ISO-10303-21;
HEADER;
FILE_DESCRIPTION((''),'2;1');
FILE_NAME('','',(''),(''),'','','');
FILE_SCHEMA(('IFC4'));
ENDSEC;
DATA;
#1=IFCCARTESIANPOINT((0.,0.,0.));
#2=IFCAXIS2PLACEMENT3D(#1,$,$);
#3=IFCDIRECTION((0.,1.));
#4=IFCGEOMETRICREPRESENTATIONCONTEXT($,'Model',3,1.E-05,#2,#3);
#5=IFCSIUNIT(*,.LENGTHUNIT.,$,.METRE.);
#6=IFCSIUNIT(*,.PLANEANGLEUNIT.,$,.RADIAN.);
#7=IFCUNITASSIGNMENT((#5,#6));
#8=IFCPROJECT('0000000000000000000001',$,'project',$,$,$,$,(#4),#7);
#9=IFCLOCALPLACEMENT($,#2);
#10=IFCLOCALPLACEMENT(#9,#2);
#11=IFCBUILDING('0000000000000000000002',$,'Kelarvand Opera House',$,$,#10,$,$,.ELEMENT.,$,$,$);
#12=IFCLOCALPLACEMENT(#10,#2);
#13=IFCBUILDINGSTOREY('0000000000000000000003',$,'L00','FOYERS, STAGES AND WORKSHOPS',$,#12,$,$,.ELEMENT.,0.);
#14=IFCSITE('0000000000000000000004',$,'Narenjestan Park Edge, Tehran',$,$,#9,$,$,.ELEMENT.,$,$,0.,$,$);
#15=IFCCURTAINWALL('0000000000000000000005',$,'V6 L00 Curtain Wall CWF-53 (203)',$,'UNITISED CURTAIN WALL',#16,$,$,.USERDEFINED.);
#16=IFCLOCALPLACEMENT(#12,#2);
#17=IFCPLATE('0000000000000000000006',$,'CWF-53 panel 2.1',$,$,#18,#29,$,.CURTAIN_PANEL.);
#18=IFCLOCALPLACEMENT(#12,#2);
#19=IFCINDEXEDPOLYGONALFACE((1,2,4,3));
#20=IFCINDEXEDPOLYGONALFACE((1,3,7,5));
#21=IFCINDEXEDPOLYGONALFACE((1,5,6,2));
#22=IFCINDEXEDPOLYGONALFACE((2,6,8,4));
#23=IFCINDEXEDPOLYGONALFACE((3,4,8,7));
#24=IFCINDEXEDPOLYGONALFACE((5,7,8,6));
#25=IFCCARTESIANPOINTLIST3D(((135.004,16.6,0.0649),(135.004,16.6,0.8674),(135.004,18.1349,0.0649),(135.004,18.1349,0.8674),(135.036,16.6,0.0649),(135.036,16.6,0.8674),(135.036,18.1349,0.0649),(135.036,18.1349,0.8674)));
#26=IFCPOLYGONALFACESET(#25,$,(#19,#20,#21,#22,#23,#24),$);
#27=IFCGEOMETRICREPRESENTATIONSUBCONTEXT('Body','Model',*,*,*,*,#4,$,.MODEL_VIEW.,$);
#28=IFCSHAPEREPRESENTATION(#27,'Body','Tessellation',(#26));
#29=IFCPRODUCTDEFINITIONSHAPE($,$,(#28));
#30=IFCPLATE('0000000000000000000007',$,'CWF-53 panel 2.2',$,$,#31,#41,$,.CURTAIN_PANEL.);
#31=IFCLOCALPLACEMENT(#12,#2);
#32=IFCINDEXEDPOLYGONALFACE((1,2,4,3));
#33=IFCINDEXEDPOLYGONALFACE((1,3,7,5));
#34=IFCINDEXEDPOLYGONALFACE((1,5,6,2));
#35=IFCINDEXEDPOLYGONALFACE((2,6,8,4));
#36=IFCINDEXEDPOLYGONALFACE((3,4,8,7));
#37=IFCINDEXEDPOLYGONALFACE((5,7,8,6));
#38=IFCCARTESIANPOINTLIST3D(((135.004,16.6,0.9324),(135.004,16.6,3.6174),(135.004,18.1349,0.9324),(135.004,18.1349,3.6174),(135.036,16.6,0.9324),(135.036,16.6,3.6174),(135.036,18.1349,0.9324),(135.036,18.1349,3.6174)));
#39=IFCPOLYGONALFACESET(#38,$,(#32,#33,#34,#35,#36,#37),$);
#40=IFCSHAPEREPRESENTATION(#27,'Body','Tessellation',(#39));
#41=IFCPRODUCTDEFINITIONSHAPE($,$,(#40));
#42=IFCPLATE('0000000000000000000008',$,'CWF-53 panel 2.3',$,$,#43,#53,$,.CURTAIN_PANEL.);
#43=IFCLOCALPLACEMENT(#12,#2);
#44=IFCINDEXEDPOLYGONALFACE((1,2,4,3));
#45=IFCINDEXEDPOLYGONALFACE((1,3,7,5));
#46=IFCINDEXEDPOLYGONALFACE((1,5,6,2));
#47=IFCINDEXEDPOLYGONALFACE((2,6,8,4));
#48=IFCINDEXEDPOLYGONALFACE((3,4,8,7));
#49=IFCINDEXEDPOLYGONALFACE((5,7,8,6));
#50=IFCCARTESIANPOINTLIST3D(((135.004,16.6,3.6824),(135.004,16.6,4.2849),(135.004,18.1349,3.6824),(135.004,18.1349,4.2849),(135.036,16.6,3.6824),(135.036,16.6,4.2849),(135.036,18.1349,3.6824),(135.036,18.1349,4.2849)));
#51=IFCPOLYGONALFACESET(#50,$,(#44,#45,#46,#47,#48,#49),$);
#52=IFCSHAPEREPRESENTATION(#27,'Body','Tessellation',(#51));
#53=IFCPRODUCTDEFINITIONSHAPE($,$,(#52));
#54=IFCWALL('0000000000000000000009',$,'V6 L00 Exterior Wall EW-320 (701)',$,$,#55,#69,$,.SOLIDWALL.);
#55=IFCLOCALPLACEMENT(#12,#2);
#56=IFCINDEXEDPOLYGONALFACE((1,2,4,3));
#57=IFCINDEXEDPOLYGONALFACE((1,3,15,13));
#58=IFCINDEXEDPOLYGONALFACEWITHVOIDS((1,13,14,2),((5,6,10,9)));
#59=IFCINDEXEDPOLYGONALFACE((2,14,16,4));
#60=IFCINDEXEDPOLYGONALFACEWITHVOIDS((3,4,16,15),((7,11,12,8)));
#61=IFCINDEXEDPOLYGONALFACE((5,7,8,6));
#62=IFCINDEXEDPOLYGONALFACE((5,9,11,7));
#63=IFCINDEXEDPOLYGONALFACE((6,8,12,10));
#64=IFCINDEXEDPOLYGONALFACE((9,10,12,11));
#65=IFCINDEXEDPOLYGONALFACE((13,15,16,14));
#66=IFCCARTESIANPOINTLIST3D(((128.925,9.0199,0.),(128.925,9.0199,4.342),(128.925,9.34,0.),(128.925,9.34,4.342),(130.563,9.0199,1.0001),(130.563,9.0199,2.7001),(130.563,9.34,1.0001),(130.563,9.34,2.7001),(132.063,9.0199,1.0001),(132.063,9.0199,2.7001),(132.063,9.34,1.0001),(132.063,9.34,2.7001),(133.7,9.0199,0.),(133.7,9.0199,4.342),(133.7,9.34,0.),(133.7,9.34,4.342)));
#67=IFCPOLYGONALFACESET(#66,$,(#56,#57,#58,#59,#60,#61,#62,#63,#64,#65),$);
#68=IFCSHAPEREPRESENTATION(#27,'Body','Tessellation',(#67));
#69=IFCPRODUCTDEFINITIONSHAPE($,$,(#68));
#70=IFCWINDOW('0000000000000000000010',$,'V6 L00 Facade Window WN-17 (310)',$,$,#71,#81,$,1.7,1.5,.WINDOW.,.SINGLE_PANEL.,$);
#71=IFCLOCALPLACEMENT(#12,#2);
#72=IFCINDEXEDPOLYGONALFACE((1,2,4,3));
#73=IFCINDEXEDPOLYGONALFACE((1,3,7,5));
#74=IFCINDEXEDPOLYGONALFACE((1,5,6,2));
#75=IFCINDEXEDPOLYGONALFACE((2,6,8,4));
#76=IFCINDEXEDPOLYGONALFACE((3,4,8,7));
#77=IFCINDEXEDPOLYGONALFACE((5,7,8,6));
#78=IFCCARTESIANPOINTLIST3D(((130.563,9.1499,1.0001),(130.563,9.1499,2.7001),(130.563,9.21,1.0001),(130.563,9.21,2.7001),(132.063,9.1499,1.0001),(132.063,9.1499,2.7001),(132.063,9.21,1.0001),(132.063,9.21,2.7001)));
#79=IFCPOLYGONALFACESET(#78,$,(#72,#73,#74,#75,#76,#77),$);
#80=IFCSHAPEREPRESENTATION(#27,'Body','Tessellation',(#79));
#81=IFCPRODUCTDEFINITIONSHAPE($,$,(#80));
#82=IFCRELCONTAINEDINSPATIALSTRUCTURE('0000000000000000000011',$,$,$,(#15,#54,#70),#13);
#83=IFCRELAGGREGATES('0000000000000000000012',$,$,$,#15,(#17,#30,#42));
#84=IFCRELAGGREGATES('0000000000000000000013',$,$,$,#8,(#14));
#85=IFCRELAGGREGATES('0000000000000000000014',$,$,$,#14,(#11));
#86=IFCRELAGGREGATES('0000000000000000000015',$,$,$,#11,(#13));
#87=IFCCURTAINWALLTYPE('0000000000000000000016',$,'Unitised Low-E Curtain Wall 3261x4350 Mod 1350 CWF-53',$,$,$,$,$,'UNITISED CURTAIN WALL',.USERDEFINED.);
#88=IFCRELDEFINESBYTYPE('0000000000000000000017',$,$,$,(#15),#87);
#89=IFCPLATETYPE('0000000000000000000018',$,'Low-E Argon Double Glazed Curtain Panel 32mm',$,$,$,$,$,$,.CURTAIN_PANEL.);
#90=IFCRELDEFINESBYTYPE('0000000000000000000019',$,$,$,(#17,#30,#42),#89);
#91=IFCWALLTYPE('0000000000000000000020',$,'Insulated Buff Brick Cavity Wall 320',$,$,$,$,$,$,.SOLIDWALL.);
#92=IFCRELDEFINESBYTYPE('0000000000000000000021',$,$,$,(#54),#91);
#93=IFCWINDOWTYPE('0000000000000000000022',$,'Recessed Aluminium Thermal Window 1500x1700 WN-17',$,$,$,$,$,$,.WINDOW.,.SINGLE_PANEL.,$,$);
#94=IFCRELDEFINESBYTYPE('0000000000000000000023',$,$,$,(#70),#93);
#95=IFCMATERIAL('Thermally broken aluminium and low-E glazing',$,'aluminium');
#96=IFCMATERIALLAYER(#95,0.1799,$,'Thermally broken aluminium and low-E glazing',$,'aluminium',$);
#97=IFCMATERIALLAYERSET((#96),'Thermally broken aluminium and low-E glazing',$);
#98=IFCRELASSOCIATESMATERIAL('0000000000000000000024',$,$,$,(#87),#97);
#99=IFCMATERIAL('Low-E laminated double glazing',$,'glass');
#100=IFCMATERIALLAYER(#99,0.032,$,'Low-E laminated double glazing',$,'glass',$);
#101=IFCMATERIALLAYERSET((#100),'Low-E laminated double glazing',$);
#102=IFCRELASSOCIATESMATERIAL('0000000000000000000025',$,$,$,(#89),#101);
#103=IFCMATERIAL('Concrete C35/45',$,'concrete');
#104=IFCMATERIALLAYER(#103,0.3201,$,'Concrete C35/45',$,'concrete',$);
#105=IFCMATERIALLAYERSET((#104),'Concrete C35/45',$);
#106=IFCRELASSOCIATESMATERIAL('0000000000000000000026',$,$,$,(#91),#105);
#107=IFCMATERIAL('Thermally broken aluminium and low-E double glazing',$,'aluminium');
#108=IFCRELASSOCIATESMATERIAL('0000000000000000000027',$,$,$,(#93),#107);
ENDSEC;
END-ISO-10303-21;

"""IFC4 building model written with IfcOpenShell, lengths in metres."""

from ifc_helpers import new_model, si_unit, direction, frame, frame_2d, origin, origin_2d, place, context, subcontext, project, spatial, rectangle, extrude, material, layer, layer_set, type_object, element, fill, aggregate, save


model = new_model("IFC4")

# Units and contexts
model_context = context("Model", 3, precision=1e-05, world=origin(), true_north=direction((0.0, 1.0)))
body_context = subcontext(model_context, "Body", "Model", "MODEL_VIEW")
ifc_project = project(units=[si_unit("LENGTHUNIT", "METRE"), si_unit("PLANEANGLEUNIT", "RADIAN")], contexts=[model_context])

# Site, building, storey
site_placement = place(None, origin())
site = spatial("IfcSite", under=ifc_project, at=site_placement, Name="Narenjestan Park Edge, Tehran", CompositionType="ELEMENT", RefElevation=0.0)
building_placement = place(site_placement, origin())
building = spatial("IfcBuilding", under=site, at=building_placement, Name="Kelarvand Opera House", CompositionType="ELEMENT")
storey_placement = place(building_placement, origin())
storey = spatial("IfcBuildingStorey", under=building, at=storey_placement, Name="L00", Description="FOYERS, STAGES AND WORKSHOPS", CompositionType="ELEMENT", Elevation=0.0)

# Curtain wall
ifc_material_1 = material(Name="Thermally broken aluminium and low-E glazing", Category="aluminium")
ifc_layer_1 = layer(ifc_material_1, 0.1799, Name="Thermally broken aluminium and low-E glazing", Category="aluminium")
ifc_layer_set_1 = layer_set([ifc_layer_1], Name="Thermally broken aluminium and low-E glazing")
curtain_wall_type_1 = type_object("IfcCurtainWallType", Name="Unitised Low-E Curtain Wall 3261x4350 Mod 1350 CWF-53", ElementType="UNITISED CURTAIN WALL", PredefinedType="USERDEFINED", material=ifc_layer_set_1)
curtain_wall_1_placement = place(storey_placement, origin())
curtain_wall_1 = element("IfcCurtainWall", 1, at=curtain_wall_1_placement, inside=storey, type_object=curtain_wall_type_1, Name="V6 L00 Curtain Wall CWF-53 (203)", ObjectType="UNITISED CURTAIN WALL", PredefinedType="USERDEFINED")

# Plates
ifc_material_2 = material(Name="Low-E laminated double glazing", Category="glass")
ifc_layer_2 = layer(ifc_material_2, 0.032, Name="Low-E laminated double glazing", Category="glass")
ifc_layer_set_2 = layer_set([ifc_layer_2], Name="Low-E laminated double glazing")
plate_type = type_object("IfcPlateType", Name="Low-E Argon Double Glazed Curtain Panel 32mm", PredefinedType="CURTAIN_PANEL", material=ifc_layer_set_2)
plate_1_placement = place(storey_placement, frame((135.02, 17.3674, 0.0649), z_axis=(0.0, 0.0, 1.0), x_axis=(0.0, -1.0, 0.0)))
plate_1 = element("IfcPlate", 2, at=plate_1_placement, type_object=plate_type, Name="CWF-53 panel 2.1", PredefinedType="CURTAIN_PANEL", context=body_context, shape_type="SweptSolid", body=[
    extrude(rectangle(XDim=1.5349, YDim=0.032, at=origin_2d()), origin(), (0.0, 0.0, 1.0), 0.8025),
])
plate_2_placement = place(storey_placement, frame((135.02, 17.3674, 0.9324), z_axis=(0.0, 0.0, 1.0), x_axis=(0.0, -1.0, 0.0)))
plate_2 = element("IfcPlate", 3, at=plate_2_placement, type_object=plate_type, Name="CWF-53 panel 2.2", PredefinedType="CURTAIN_PANEL", context=body_context, shape_type="SweptSolid", body=[
    extrude(rectangle(XDim=1.5349, YDim=0.032, at=origin_2d()), origin(), (0.0, 0.0, 1.0), 2.6851),
])
plate_3_placement = place(storey_placement, frame((135.02, 17.3674, 3.6824), z_axis=(0.0, 0.0, 1.0), x_axis=(0.0, -1.0, 0.0)))
plate_3 = element("IfcPlate", 4, at=plate_3_placement, type_object=plate_type, Name="CWF-53 panel 2.3", PredefinedType="CURTAIN_PANEL", context=body_context, shape_type="SweptSolid", body=[
    extrude(rectangle(XDim=1.5349, YDim=0.032, at=origin_2d()), origin(), (0.0, 0.0, 1.0), 0.6025),
])
aggregate(curtain_wall_1, [plate_1, plate_2, plate_3])

# Wall, opening, window
ifc_material_3 = material(Name="Concrete C35/45", Category="concrete")
ifc_layer_3 = layer(ifc_material_3, 0.3201, Name="Concrete C35/45", Category="concrete")
ifc_layer_set_3 = layer_set([ifc_layer_3], Name="Concrete C35/45")
wall_type = type_object("IfcWallType", Name="Insulated Buff Brick Cavity Wall 320", PredefinedType="SOLIDWALL", material=ifc_layer_set_3)
wall_placement = place(storey_placement, frame((133.7, 9.1799, 0.0), z_axis=(0.0, 0.0, 1.0), x_axis=(-1.0, 0.0, 0.0)))
wall = element("IfcWall", 5, at=wall_placement, inside=storey, type_object=wall_type, Name="V6 L00 Exterior Wall EW-320 (701)", PredefinedType="SOLIDWALL", context=body_context, shape_type="SweptSolid", body=[
    extrude(rectangle(XDim=4.7749, YDim=0.3201, at=frame_2d((2.3875, 0.0))), origin(), (0.0, 0.0, 1.0), 4.342),
])
opening_placement = place(wall_placement, frame((1.637, 0.0, 1.0)))
opening = element("IfcOpeningElement", 6, at=opening_placement, cuts=wall, PredefinedType="OPENING", context=body_context, shape_type="SweptSolid", body=[
    extrude(rectangle(XDim=1.5, YDim=1.7, at=frame_2d((0.75, 0.8501))), frame((0.0, 0.1699, 0.0), z_axis=(0.0, -1.0, 0.0), x_axis=(1.0, 0.0, 0.0)), (0.0, 0.0, 1.0), 0.3401),
])
ifc_material_4 = material(Name="Thermally broken aluminium and low-E double glazing", Category="aluminium")
window_type = type_object("IfcWindowType", Name="Recessed Aluminium Thermal Window 1500x1700 WN-17", PartitioningType="SINGLE_PANEL", PredefinedType="WINDOW", material=ifc_material_4)
window_placement = place(opening_placement, origin())
window = element("IfcWindow", 7, at=window_placement, inside=storey, type_object=window_type, Name="V6 L00 Facade Window WN-17 (310)", OverallHeight=1.7, OverallWidth=1.5, PartitioningType="SINGLE_PANEL", PredefinedType="WINDOW", context=body_context, shape_type="SweptSolid", body=[
    extrude(rectangle(XDim=1.5, YDim=1.7, at=frame_2d((0.75, 0.8501))), frame((0.0, 0.03, 0.0), z_axis=(0.0, -1.0, 0.0), x_axis=(1.0, 0.0, 0.0)), (0.0, 0.0, 1.0), 0.0601),
])
fill(opening, window)

save(model, "model.ifc")
